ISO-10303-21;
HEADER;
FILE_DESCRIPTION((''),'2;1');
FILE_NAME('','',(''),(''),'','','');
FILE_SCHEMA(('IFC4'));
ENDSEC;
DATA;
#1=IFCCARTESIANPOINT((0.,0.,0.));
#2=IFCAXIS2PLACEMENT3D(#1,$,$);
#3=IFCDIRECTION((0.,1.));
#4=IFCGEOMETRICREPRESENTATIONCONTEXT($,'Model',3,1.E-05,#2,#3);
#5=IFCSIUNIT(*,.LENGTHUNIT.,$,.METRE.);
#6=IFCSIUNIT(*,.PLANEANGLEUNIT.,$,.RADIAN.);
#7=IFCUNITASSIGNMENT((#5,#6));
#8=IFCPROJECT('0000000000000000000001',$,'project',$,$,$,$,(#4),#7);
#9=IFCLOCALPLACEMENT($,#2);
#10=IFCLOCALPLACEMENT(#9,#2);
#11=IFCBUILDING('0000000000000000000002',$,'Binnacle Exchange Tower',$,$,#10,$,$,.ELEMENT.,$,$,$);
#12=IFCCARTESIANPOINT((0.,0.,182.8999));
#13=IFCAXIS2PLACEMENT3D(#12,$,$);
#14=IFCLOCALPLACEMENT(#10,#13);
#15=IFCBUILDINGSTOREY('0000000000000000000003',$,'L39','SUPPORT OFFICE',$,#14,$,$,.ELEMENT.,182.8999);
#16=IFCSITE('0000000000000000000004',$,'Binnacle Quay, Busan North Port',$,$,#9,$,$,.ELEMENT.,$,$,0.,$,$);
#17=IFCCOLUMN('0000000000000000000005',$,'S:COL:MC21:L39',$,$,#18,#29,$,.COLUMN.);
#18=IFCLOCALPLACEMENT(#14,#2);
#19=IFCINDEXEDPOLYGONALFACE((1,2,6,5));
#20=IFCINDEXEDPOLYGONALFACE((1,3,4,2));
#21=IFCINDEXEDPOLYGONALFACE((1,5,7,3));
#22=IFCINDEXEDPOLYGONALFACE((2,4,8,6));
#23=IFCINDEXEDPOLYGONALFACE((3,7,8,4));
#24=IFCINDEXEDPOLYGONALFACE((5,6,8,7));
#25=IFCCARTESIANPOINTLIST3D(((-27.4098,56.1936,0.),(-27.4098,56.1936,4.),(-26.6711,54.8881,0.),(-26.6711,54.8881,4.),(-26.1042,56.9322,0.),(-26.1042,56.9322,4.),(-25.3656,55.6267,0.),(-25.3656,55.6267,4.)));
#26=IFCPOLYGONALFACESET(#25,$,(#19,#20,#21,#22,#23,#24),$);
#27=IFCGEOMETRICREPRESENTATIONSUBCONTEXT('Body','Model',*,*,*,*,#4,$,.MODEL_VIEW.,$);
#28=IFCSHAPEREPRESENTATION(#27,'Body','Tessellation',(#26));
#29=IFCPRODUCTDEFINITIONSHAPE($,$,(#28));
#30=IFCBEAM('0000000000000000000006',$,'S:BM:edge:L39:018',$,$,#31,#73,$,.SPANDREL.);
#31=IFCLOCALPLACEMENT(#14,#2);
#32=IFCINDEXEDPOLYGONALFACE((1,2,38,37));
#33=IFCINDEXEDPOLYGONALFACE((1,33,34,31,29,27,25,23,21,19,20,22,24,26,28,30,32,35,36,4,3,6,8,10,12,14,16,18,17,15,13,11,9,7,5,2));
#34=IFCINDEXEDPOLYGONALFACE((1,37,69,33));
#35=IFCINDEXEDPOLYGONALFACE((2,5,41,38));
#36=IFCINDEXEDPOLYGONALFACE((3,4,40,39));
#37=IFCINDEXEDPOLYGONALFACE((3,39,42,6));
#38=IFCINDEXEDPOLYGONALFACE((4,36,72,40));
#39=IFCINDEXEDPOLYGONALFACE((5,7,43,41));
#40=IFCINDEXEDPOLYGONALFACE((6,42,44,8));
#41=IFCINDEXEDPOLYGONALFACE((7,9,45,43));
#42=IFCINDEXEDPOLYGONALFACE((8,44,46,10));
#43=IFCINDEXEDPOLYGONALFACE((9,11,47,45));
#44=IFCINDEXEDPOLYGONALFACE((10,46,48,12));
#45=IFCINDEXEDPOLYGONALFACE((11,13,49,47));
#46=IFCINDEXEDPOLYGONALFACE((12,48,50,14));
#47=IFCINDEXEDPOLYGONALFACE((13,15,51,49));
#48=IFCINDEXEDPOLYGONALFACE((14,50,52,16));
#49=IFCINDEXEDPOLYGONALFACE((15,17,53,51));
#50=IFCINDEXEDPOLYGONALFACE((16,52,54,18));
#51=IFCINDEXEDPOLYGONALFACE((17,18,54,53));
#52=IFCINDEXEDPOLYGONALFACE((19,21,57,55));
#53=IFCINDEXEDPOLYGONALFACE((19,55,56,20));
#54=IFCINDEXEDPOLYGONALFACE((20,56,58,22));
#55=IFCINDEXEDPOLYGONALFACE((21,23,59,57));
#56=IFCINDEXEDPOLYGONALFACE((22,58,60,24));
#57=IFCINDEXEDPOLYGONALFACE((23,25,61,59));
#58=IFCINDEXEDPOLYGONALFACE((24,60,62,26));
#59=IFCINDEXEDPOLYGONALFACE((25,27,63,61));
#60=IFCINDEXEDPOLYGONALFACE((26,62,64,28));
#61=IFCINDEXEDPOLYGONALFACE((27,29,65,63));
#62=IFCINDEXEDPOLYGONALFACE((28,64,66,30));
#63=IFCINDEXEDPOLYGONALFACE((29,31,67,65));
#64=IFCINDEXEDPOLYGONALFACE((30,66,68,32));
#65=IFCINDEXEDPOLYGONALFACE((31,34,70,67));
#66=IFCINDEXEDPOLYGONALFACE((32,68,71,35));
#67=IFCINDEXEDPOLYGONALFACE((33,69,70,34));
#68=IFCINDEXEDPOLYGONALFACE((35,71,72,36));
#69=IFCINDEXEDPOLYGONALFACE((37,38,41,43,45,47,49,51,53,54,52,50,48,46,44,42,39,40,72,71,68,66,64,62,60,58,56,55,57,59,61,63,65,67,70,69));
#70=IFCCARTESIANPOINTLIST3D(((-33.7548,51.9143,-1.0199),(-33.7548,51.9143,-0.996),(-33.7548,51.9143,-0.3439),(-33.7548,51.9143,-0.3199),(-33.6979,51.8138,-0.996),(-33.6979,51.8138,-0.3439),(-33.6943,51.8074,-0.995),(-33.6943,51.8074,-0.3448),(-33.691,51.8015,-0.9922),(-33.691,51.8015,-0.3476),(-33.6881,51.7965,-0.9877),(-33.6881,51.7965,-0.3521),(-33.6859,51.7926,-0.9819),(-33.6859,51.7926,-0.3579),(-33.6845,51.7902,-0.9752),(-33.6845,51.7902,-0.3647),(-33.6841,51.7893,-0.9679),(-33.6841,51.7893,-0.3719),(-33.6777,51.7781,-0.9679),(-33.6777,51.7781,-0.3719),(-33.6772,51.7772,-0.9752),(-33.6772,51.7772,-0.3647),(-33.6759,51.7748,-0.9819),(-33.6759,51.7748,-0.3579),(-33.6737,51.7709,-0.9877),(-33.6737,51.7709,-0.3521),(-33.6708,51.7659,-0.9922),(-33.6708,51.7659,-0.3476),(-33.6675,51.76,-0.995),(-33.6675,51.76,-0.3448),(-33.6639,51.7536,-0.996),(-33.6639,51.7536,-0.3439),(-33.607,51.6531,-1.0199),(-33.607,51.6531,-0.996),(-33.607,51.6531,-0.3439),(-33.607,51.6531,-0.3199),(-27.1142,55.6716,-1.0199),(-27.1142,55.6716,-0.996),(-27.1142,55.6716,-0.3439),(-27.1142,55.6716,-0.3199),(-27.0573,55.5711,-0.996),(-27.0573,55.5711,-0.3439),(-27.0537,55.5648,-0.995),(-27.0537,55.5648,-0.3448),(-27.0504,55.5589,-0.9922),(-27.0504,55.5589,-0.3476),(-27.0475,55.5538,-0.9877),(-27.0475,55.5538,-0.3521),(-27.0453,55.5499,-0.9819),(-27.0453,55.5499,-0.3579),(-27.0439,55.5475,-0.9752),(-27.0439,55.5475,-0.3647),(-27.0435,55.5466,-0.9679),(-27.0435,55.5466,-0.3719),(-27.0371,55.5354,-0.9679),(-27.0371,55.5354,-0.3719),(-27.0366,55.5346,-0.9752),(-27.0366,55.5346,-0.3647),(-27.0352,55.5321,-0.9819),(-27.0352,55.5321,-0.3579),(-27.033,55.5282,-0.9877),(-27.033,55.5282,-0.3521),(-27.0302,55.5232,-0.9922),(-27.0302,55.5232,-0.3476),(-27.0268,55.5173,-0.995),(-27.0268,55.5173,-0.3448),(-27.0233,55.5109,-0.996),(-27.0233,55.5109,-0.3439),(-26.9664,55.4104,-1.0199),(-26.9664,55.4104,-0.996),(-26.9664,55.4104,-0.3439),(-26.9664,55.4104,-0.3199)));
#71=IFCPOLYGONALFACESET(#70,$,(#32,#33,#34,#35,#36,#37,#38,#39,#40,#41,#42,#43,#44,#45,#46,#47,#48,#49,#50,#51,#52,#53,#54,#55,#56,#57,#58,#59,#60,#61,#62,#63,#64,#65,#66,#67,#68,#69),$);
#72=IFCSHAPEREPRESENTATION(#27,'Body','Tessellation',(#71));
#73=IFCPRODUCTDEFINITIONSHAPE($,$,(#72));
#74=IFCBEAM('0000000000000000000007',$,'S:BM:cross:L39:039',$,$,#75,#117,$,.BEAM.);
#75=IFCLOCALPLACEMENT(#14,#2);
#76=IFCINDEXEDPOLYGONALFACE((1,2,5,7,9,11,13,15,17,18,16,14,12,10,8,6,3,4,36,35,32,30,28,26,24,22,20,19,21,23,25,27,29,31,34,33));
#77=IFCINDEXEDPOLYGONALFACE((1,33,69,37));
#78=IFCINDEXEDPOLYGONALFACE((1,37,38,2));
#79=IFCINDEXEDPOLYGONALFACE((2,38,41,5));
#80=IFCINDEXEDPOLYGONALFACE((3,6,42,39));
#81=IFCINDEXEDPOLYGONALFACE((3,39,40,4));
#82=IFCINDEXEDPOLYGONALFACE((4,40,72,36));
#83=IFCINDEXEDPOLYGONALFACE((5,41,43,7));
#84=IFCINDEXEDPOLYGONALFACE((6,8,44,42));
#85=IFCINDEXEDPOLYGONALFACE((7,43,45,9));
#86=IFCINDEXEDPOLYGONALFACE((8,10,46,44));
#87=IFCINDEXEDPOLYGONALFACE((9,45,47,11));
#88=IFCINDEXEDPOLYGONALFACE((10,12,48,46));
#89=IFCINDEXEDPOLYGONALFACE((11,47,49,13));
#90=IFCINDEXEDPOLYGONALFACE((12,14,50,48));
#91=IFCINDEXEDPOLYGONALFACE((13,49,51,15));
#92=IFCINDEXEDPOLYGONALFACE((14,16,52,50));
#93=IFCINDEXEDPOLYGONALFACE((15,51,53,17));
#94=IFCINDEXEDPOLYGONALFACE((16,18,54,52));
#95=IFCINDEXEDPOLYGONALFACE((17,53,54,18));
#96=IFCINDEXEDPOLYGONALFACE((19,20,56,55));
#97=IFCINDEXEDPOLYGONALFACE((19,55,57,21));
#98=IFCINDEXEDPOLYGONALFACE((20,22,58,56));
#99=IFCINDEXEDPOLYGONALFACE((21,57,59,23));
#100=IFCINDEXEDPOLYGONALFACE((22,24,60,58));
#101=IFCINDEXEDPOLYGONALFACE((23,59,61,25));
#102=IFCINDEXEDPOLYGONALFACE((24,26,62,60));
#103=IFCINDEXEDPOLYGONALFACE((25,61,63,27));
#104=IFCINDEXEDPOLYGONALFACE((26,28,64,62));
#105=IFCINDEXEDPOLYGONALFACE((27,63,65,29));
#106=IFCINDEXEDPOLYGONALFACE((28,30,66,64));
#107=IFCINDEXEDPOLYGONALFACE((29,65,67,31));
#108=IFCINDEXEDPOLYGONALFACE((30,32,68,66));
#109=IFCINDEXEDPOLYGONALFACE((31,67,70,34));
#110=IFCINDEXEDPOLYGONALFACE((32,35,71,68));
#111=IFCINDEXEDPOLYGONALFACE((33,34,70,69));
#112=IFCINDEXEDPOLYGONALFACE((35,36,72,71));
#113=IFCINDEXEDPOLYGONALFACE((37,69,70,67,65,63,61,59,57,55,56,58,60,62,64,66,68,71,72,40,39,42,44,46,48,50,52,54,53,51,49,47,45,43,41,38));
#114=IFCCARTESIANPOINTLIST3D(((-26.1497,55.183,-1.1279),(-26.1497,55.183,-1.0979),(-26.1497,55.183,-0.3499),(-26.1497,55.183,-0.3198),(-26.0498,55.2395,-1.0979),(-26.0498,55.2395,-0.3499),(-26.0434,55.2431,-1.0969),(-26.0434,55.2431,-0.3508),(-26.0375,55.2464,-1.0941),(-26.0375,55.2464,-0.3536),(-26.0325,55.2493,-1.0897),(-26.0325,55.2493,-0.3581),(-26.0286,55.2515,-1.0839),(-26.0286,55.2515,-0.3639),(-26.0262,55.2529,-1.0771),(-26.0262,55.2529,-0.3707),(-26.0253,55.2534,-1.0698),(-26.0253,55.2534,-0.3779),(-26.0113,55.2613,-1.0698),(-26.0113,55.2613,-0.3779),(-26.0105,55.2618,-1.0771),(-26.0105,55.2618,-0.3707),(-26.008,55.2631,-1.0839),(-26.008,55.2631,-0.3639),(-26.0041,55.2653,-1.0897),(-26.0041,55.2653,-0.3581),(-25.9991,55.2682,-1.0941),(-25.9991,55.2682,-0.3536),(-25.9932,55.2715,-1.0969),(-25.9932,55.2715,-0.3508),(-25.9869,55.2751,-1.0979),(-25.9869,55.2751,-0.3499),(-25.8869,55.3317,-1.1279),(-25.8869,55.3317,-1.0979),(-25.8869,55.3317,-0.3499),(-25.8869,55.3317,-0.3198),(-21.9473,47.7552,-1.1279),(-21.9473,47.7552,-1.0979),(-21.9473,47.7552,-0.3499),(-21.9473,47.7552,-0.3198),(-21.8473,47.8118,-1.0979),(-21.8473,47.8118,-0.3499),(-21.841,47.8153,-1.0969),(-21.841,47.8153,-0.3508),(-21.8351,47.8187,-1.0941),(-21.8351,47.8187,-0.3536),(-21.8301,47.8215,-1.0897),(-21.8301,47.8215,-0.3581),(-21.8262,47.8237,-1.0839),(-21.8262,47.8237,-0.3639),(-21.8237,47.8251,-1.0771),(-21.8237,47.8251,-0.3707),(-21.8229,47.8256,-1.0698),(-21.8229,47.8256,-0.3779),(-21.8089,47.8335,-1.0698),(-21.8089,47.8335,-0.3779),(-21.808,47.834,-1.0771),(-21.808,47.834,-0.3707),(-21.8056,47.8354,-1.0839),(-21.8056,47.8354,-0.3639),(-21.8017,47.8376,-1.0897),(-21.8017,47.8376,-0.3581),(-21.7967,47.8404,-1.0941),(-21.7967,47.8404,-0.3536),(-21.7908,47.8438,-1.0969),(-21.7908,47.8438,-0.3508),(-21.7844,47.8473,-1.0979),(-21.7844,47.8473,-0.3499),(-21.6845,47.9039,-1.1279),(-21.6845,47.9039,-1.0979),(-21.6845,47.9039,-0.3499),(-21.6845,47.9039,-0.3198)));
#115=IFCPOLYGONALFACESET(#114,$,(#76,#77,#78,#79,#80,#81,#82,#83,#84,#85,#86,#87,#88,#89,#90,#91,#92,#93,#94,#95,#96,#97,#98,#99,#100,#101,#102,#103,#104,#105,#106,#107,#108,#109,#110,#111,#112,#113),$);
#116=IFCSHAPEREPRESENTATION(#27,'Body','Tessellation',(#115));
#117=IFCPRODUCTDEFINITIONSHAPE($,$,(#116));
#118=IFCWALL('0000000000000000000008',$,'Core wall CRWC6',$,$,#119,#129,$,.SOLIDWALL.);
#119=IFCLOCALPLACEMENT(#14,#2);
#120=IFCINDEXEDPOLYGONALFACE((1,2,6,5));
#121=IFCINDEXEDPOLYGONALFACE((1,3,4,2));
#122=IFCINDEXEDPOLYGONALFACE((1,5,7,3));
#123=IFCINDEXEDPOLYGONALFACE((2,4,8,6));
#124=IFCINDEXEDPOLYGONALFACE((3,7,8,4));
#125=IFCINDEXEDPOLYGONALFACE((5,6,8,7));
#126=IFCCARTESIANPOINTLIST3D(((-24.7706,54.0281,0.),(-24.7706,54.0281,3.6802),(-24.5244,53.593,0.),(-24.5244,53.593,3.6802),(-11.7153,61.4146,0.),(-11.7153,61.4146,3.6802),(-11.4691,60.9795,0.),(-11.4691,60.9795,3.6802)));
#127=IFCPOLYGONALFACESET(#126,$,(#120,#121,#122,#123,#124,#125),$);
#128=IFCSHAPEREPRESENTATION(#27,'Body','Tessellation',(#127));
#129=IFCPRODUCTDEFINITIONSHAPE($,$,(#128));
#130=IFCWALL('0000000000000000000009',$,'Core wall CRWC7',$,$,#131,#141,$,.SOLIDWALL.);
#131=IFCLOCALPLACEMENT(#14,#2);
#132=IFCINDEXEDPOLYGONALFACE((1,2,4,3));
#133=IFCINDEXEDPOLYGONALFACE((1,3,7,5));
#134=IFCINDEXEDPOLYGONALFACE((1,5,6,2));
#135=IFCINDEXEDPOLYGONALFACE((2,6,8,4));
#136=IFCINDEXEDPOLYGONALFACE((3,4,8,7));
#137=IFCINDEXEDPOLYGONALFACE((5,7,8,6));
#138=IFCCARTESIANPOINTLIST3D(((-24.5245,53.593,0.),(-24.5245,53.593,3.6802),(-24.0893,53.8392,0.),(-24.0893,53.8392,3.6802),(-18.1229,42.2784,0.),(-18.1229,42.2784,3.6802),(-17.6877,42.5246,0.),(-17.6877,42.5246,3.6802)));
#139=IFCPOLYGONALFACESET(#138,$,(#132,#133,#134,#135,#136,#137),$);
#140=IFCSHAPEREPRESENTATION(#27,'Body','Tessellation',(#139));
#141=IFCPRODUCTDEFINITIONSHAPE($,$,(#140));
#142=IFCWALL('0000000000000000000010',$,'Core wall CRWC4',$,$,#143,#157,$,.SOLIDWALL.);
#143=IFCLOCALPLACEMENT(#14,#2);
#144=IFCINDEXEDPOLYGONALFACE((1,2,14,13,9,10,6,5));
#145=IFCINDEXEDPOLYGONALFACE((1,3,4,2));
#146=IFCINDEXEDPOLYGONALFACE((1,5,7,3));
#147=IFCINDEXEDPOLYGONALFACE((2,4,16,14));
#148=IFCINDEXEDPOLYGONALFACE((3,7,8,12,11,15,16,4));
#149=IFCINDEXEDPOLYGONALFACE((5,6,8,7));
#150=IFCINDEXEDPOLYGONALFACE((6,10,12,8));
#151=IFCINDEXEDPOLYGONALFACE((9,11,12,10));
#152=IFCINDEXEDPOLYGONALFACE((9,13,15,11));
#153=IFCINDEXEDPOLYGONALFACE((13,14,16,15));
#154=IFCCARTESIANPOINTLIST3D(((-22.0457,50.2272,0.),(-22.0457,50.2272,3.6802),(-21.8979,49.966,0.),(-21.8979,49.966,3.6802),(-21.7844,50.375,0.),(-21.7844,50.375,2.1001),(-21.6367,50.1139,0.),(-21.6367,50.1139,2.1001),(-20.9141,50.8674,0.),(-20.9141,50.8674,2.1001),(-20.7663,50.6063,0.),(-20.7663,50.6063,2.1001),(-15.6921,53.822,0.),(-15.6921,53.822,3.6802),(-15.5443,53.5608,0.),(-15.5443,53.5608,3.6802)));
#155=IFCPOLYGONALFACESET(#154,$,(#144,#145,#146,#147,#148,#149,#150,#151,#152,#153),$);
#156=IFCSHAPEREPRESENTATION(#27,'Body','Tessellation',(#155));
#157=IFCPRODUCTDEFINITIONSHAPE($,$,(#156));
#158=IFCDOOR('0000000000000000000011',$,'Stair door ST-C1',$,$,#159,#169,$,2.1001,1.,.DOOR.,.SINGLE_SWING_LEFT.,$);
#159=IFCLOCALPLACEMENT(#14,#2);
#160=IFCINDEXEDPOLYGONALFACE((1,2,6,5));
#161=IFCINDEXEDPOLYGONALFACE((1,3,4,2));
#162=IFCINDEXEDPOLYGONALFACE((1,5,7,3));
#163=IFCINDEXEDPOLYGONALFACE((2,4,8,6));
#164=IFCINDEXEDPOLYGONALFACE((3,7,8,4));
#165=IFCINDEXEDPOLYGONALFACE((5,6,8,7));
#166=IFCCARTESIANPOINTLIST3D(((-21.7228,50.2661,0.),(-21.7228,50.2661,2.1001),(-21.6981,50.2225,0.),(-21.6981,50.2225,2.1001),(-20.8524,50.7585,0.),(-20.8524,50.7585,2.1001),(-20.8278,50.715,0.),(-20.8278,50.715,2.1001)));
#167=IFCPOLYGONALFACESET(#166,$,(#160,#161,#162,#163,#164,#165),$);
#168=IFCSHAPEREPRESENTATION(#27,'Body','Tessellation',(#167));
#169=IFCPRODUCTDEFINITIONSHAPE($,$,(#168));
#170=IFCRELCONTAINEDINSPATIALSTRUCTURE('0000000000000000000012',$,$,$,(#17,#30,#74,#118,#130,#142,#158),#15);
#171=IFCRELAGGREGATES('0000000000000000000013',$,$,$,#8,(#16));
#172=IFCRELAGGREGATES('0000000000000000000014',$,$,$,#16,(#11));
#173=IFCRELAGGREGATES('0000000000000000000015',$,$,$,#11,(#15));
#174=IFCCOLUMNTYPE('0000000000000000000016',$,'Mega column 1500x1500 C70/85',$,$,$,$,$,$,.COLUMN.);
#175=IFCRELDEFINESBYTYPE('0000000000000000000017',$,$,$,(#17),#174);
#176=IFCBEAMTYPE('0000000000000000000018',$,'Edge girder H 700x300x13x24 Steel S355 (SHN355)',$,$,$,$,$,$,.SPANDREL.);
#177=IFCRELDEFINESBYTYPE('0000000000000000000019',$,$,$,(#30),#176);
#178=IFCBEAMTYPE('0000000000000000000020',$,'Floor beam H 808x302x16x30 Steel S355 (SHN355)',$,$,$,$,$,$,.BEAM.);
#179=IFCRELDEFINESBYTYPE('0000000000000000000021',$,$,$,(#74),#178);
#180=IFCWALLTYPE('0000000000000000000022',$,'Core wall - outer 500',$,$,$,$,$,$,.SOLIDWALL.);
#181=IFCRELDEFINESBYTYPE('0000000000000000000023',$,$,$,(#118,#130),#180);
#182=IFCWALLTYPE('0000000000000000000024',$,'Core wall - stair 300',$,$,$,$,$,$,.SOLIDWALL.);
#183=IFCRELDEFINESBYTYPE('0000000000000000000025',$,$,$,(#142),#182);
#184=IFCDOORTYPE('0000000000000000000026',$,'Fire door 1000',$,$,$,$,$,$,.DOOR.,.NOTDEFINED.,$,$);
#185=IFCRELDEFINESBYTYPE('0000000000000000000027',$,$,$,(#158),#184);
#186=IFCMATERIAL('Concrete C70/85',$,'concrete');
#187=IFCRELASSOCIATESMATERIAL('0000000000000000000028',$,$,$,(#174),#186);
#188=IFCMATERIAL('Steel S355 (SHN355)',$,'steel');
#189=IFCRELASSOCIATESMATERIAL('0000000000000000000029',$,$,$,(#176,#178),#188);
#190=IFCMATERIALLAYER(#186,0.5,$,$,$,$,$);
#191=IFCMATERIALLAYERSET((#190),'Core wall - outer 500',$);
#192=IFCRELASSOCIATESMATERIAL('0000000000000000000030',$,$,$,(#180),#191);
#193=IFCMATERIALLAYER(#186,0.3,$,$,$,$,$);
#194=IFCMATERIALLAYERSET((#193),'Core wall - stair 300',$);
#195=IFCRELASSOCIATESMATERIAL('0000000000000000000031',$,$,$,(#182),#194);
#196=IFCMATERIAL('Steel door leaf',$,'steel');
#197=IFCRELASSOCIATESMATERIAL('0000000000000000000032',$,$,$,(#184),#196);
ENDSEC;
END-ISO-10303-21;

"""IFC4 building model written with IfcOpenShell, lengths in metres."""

from ifc_helpers import new_model, si_unit, direction, frame, frame_2d, origin, origin_2d, place, context, subcontext, project, spatial, rectangle, i_section, extrude, material, layer, layer_set, material_profile, profile_set, type_object, element, fill, save


model = new_model("IFC4")

# Units and contexts
model_context = context("Model", 3, precision=1e-05, world=origin(), true_north=direction((0.0, 1.0)))
body_context = subcontext(model_context, "Body", "Model", "MODEL_VIEW")
ifc_project = project(units=[si_unit("LENGTHUNIT", "METRE"), si_unit("PLANEANGLEUNIT", "RADIAN")], contexts=[model_context])

# Site, building, storey
site_placement = place(None, origin())
site = spatial("IfcSite", under=ifc_project, at=site_placement, Name="Binnacle Quay, Busan North Port", CompositionType="ELEMENT", RefElevation=0.0)
building_placement = place(site_placement, origin())
building = spatial("IfcBuilding", under=site, at=building_placement, Name="Binnacle Exchange Tower", CompositionType="ELEMENT")
storey_placement = place(building_placement, frame((0.0, 0.0, 182.8999)))
storey = spatial("IfcBuildingStorey", under=building, at=storey_placement, Name="L39", Description="SUPPORT OFFICE", CompositionType="ELEMENT", Elevation=182.8999)

# Column
ifc_material_1 = material(Name="Concrete C70/85", Category="concrete")
ifc_material_profile_1 = material_profile(ifc_material_1, rectangle(XDim=1.5, YDim=1.5, at=origin_2d()), Name="Mega column 1500x1500 C70/85")
ifc_profile_set_1 = profile_set([ifc_material_profile_1], Name="Concrete C70/85")
column_type = type_object("IfcColumnType", Name="Mega column 1500x1500 C70/85", PredefinedType="COLUMN", material=ifc_profile_set_1)
column_placement = place(storey_placement, frame((-26.3877, 55.9102, 0.0), z_axis=(0.0, 0.0, 1.0), x_axis=(-0.870356, -0.492424, 0.0)))
element("IfcColumn", 1, at=column_placement, inside=storey, type_object=column_type, Name="S:COL:MC21:L39", PredefinedType="COLUMN", context=body_context, shape_type="SweptSolid", body=[
    extrude(rectangle(XDim=1.5, YDim=1.5, at=origin_2d()), origin(), (0.0, 0.0, 1.0), 4.0),
])

# Beams
ifc_material_2 = material(Name="Steel S355 (SHN355)", Category="steel")
ifc_material_profile_2 = material_profile(ifc_material_2, i_section(OverallWidth=0.3, OverallDepth=0.7, WebThickness=0.0129, FlangeThickness=0.0239, FilletRadius=0.0281, at=origin_2d()), Name="H 700x300x13x24")
ifc_profile_set_2 = profile_set([ifc_material_profile_2], Name="Steel S355 (SHN355)")
beam_type_1 = type_object("IfcBeamType", Name="Edge girder H 700x300x13x24 Steel S355 (SHN355)", PredefinedType="SPANDREL", material=ifc_profile_set_2)
beam_1_placement = place(storey_placement, frame((-27.0403, 55.541, -0.6699), z_axis=(-0.870342, -0.492447, 0.0), x_axis=(0.492447, -0.870342, 0.0)))
element("IfcBeam", 2, at=beam_1_placement, inside=storey, type_object=beam_type_1, Name="S:BM:edge:L39:018", PredefinedType="SPANDREL", context=body_context, shape_type="SweptSolid", body=[
    extrude(i_section(OverallWidth=0.3, OverallDepth=0.7, WebThickness=0.0129, FlangeThickness=0.0239, FilletRadius=0.0281, at=origin_2d()), origin(), (0.0, 0.0, 1.0), 7.6299),
])
ifc_material_profile_3 = material_profile(ifc_material_2, i_section(OverallWidth=0.302, OverallDepth=0.8081, WebThickness=0.0161, FlangeThickness=0.03, FilletRadius=0.0281, at=origin_2d()), Name="H 808x302x16x30")
ifc_profile_set_3 = profile_set([ifc_material_profile_3], Name="Steel S355 (SHN355)")
beam_type_2 = type_object("IfcBeamType", Name="Floor beam H 808x302x16x30 Steel S355 (SHN355)", PredefinedType="BEAM", material=ifc_profile_set_3)
beam_2_placement = place(storey_placement, frame((-26.0183, 55.2573, -0.7239), z_axis=(0.492422, -0.870357, 0.0), x_axis=(0.870357, 0.492422, 0.0)))
element("IfcBeam", 3, at=beam_2_placement, inside=storey, type_object=beam_type_2, Name="S:BM:cross:L39:039", PredefinedType="BEAM", context=body_context, shape_type="SweptSolid", body=[
    extrude(i_section(OverallWidth=0.302, OverallDepth=0.8081, WebThickness=0.0161, FlangeThickness=0.03, FilletRadius=0.0281, at=origin_2d()), origin(), (0.0, 0.0, 1.0), 8.5342),
])

# Walls
ifc_layer_1 = layer(ifc_material_1, 0.5)
ifc_layer_set_1 = layer_set([ifc_layer_1], Name="Core wall - outer 500")
wall_type_1 = type_object("IfcWallType", Name="Core wall - outer 500", PredefinedType="SOLIDWALL", material=ifc_layer_set_1)
wall_1_placement = place(storey_placement, frame((-24.6475, 53.8105, 0.0), z_axis=(0.0, 0.0, 1.0), x_axis=(0.87035, 0.492434, 0.0)))
element("IfcWall", 4, at=wall_1_placement, inside=storey, type_object=wall_type_1, Name="Core wall CRWC6", PredefinedType="SOLIDWALL", context=body_context, shape_type="SweptSolid", body=[
    extrude(rectangle(XDim=15.0, YDim=0.5, at=frame_2d((7.5, 0.0))), origin(), (0.0, 0.0, 1.0), 3.6802),
])
wall_2_placement = place(storey_placement, frame((-24.3069, 53.7161, 0.0), z_axis=(0.0, 0.0, 1.0), x_axis=(0.492427, -0.870354, 0.0)))
element("IfcWall", 5, at=wall_2_placement, inside=storey, type_object=wall_type_1, Name="Core wall CRWC7", PredefinedType="SOLIDWALL", context=body_context, shape_type="SweptSolid", body=[
    extrude(rectangle(XDim=13.0, YDim=0.5, at=frame_2d((6.5, 0.0))), origin(), (0.0, 0.0, 1.0), 3.6802),
])

# Wall, opening, door
ifc_layer_2 = layer(ifc_material_1, 0.3)
ifc_layer_set_2 = layer_set([ifc_layer_2], Name="Core wall - stair 300")
wall_type_2 = type_object("IfcWallType", Name="Core wall - stair 300", PredefinedType="SOLIDWALL", material=ifc_layer_set_2)
wall_3_placement = place(storey_placement, frame((-21.9717, 50.0967, 0.0), z_axis=(0.0, 0.0, 1.0), x_axis=(0.870351, 0.492432, 0.0)))
wall_3 = element("IfcWall", 6, at=wall_3_placement, inside=storey, type_object=wall_type_2, Name="Core wall CRWC4", PredefinedType="SOLIDWALL", context=body_context, shape_type="SweptSolid", body=[
    extrude(rectangle(XDim=7.3, YDim=0.3, at=frame_2d((3.6499, 0.0))), origin(), (0.0, 0.0, 1.0), 3.6802),
])
opening_1_placement = place(wall_3_placement, frame((0.3, 0.0, 0.0)))
opening_1 = element("IfcOpeningElement", 7, at=opening_1_placement, cuts=wall_3, PredefinedType="OPENING", context=body_context, shape_type="SweptSolid", body=[
    extrude(rectangle(XDim=1.0, YDim=2.1001, at=frame_2d((0.5, 1.05))), frame((0.0, 0.1599, 0.0), z_axis=(0.0, -1.0, 0.0), x_axis=(1.0, 0.0, 0.0)), (0.0, 0.0, 1.0), 0.3201),
])
ifc_material_3 = material(Name="Steel door leaf", Category="steel")
door_type = type_object("IfcDoorType", Name="Fire door 1000", OperationType="NOTDEFINED", PredefinedType="DOOR", material=ifc_material_3)
door_1_placement = place(opening_1_placement, origin())
door_1 = element("IfcDoor", 8, at=door_1_placement, inside=storey, type_object=door_type, Name="Stair door ST-C1", OperationType="SINGLE_SWING_LEFT", OverallHeight=2.1001, OverallWidth=1.0, PredefinedType="DOOR", context=body_context, shape_type="SweptSolid", body=[
    extrude(rectangle(XDim=1.0, YDim=2.1001, at=frame_2d((0.5, 1.05))), frame((0.0, 0.0249, 0.0), z_axis=(0.0, -1.0, 0.0), x_axis=(1.0, 0.0, 0.0)), (0.0, 0.0, 1.0), 0.05),
])
fill(opening_1, door_1)

save(model, "model.ifc")
